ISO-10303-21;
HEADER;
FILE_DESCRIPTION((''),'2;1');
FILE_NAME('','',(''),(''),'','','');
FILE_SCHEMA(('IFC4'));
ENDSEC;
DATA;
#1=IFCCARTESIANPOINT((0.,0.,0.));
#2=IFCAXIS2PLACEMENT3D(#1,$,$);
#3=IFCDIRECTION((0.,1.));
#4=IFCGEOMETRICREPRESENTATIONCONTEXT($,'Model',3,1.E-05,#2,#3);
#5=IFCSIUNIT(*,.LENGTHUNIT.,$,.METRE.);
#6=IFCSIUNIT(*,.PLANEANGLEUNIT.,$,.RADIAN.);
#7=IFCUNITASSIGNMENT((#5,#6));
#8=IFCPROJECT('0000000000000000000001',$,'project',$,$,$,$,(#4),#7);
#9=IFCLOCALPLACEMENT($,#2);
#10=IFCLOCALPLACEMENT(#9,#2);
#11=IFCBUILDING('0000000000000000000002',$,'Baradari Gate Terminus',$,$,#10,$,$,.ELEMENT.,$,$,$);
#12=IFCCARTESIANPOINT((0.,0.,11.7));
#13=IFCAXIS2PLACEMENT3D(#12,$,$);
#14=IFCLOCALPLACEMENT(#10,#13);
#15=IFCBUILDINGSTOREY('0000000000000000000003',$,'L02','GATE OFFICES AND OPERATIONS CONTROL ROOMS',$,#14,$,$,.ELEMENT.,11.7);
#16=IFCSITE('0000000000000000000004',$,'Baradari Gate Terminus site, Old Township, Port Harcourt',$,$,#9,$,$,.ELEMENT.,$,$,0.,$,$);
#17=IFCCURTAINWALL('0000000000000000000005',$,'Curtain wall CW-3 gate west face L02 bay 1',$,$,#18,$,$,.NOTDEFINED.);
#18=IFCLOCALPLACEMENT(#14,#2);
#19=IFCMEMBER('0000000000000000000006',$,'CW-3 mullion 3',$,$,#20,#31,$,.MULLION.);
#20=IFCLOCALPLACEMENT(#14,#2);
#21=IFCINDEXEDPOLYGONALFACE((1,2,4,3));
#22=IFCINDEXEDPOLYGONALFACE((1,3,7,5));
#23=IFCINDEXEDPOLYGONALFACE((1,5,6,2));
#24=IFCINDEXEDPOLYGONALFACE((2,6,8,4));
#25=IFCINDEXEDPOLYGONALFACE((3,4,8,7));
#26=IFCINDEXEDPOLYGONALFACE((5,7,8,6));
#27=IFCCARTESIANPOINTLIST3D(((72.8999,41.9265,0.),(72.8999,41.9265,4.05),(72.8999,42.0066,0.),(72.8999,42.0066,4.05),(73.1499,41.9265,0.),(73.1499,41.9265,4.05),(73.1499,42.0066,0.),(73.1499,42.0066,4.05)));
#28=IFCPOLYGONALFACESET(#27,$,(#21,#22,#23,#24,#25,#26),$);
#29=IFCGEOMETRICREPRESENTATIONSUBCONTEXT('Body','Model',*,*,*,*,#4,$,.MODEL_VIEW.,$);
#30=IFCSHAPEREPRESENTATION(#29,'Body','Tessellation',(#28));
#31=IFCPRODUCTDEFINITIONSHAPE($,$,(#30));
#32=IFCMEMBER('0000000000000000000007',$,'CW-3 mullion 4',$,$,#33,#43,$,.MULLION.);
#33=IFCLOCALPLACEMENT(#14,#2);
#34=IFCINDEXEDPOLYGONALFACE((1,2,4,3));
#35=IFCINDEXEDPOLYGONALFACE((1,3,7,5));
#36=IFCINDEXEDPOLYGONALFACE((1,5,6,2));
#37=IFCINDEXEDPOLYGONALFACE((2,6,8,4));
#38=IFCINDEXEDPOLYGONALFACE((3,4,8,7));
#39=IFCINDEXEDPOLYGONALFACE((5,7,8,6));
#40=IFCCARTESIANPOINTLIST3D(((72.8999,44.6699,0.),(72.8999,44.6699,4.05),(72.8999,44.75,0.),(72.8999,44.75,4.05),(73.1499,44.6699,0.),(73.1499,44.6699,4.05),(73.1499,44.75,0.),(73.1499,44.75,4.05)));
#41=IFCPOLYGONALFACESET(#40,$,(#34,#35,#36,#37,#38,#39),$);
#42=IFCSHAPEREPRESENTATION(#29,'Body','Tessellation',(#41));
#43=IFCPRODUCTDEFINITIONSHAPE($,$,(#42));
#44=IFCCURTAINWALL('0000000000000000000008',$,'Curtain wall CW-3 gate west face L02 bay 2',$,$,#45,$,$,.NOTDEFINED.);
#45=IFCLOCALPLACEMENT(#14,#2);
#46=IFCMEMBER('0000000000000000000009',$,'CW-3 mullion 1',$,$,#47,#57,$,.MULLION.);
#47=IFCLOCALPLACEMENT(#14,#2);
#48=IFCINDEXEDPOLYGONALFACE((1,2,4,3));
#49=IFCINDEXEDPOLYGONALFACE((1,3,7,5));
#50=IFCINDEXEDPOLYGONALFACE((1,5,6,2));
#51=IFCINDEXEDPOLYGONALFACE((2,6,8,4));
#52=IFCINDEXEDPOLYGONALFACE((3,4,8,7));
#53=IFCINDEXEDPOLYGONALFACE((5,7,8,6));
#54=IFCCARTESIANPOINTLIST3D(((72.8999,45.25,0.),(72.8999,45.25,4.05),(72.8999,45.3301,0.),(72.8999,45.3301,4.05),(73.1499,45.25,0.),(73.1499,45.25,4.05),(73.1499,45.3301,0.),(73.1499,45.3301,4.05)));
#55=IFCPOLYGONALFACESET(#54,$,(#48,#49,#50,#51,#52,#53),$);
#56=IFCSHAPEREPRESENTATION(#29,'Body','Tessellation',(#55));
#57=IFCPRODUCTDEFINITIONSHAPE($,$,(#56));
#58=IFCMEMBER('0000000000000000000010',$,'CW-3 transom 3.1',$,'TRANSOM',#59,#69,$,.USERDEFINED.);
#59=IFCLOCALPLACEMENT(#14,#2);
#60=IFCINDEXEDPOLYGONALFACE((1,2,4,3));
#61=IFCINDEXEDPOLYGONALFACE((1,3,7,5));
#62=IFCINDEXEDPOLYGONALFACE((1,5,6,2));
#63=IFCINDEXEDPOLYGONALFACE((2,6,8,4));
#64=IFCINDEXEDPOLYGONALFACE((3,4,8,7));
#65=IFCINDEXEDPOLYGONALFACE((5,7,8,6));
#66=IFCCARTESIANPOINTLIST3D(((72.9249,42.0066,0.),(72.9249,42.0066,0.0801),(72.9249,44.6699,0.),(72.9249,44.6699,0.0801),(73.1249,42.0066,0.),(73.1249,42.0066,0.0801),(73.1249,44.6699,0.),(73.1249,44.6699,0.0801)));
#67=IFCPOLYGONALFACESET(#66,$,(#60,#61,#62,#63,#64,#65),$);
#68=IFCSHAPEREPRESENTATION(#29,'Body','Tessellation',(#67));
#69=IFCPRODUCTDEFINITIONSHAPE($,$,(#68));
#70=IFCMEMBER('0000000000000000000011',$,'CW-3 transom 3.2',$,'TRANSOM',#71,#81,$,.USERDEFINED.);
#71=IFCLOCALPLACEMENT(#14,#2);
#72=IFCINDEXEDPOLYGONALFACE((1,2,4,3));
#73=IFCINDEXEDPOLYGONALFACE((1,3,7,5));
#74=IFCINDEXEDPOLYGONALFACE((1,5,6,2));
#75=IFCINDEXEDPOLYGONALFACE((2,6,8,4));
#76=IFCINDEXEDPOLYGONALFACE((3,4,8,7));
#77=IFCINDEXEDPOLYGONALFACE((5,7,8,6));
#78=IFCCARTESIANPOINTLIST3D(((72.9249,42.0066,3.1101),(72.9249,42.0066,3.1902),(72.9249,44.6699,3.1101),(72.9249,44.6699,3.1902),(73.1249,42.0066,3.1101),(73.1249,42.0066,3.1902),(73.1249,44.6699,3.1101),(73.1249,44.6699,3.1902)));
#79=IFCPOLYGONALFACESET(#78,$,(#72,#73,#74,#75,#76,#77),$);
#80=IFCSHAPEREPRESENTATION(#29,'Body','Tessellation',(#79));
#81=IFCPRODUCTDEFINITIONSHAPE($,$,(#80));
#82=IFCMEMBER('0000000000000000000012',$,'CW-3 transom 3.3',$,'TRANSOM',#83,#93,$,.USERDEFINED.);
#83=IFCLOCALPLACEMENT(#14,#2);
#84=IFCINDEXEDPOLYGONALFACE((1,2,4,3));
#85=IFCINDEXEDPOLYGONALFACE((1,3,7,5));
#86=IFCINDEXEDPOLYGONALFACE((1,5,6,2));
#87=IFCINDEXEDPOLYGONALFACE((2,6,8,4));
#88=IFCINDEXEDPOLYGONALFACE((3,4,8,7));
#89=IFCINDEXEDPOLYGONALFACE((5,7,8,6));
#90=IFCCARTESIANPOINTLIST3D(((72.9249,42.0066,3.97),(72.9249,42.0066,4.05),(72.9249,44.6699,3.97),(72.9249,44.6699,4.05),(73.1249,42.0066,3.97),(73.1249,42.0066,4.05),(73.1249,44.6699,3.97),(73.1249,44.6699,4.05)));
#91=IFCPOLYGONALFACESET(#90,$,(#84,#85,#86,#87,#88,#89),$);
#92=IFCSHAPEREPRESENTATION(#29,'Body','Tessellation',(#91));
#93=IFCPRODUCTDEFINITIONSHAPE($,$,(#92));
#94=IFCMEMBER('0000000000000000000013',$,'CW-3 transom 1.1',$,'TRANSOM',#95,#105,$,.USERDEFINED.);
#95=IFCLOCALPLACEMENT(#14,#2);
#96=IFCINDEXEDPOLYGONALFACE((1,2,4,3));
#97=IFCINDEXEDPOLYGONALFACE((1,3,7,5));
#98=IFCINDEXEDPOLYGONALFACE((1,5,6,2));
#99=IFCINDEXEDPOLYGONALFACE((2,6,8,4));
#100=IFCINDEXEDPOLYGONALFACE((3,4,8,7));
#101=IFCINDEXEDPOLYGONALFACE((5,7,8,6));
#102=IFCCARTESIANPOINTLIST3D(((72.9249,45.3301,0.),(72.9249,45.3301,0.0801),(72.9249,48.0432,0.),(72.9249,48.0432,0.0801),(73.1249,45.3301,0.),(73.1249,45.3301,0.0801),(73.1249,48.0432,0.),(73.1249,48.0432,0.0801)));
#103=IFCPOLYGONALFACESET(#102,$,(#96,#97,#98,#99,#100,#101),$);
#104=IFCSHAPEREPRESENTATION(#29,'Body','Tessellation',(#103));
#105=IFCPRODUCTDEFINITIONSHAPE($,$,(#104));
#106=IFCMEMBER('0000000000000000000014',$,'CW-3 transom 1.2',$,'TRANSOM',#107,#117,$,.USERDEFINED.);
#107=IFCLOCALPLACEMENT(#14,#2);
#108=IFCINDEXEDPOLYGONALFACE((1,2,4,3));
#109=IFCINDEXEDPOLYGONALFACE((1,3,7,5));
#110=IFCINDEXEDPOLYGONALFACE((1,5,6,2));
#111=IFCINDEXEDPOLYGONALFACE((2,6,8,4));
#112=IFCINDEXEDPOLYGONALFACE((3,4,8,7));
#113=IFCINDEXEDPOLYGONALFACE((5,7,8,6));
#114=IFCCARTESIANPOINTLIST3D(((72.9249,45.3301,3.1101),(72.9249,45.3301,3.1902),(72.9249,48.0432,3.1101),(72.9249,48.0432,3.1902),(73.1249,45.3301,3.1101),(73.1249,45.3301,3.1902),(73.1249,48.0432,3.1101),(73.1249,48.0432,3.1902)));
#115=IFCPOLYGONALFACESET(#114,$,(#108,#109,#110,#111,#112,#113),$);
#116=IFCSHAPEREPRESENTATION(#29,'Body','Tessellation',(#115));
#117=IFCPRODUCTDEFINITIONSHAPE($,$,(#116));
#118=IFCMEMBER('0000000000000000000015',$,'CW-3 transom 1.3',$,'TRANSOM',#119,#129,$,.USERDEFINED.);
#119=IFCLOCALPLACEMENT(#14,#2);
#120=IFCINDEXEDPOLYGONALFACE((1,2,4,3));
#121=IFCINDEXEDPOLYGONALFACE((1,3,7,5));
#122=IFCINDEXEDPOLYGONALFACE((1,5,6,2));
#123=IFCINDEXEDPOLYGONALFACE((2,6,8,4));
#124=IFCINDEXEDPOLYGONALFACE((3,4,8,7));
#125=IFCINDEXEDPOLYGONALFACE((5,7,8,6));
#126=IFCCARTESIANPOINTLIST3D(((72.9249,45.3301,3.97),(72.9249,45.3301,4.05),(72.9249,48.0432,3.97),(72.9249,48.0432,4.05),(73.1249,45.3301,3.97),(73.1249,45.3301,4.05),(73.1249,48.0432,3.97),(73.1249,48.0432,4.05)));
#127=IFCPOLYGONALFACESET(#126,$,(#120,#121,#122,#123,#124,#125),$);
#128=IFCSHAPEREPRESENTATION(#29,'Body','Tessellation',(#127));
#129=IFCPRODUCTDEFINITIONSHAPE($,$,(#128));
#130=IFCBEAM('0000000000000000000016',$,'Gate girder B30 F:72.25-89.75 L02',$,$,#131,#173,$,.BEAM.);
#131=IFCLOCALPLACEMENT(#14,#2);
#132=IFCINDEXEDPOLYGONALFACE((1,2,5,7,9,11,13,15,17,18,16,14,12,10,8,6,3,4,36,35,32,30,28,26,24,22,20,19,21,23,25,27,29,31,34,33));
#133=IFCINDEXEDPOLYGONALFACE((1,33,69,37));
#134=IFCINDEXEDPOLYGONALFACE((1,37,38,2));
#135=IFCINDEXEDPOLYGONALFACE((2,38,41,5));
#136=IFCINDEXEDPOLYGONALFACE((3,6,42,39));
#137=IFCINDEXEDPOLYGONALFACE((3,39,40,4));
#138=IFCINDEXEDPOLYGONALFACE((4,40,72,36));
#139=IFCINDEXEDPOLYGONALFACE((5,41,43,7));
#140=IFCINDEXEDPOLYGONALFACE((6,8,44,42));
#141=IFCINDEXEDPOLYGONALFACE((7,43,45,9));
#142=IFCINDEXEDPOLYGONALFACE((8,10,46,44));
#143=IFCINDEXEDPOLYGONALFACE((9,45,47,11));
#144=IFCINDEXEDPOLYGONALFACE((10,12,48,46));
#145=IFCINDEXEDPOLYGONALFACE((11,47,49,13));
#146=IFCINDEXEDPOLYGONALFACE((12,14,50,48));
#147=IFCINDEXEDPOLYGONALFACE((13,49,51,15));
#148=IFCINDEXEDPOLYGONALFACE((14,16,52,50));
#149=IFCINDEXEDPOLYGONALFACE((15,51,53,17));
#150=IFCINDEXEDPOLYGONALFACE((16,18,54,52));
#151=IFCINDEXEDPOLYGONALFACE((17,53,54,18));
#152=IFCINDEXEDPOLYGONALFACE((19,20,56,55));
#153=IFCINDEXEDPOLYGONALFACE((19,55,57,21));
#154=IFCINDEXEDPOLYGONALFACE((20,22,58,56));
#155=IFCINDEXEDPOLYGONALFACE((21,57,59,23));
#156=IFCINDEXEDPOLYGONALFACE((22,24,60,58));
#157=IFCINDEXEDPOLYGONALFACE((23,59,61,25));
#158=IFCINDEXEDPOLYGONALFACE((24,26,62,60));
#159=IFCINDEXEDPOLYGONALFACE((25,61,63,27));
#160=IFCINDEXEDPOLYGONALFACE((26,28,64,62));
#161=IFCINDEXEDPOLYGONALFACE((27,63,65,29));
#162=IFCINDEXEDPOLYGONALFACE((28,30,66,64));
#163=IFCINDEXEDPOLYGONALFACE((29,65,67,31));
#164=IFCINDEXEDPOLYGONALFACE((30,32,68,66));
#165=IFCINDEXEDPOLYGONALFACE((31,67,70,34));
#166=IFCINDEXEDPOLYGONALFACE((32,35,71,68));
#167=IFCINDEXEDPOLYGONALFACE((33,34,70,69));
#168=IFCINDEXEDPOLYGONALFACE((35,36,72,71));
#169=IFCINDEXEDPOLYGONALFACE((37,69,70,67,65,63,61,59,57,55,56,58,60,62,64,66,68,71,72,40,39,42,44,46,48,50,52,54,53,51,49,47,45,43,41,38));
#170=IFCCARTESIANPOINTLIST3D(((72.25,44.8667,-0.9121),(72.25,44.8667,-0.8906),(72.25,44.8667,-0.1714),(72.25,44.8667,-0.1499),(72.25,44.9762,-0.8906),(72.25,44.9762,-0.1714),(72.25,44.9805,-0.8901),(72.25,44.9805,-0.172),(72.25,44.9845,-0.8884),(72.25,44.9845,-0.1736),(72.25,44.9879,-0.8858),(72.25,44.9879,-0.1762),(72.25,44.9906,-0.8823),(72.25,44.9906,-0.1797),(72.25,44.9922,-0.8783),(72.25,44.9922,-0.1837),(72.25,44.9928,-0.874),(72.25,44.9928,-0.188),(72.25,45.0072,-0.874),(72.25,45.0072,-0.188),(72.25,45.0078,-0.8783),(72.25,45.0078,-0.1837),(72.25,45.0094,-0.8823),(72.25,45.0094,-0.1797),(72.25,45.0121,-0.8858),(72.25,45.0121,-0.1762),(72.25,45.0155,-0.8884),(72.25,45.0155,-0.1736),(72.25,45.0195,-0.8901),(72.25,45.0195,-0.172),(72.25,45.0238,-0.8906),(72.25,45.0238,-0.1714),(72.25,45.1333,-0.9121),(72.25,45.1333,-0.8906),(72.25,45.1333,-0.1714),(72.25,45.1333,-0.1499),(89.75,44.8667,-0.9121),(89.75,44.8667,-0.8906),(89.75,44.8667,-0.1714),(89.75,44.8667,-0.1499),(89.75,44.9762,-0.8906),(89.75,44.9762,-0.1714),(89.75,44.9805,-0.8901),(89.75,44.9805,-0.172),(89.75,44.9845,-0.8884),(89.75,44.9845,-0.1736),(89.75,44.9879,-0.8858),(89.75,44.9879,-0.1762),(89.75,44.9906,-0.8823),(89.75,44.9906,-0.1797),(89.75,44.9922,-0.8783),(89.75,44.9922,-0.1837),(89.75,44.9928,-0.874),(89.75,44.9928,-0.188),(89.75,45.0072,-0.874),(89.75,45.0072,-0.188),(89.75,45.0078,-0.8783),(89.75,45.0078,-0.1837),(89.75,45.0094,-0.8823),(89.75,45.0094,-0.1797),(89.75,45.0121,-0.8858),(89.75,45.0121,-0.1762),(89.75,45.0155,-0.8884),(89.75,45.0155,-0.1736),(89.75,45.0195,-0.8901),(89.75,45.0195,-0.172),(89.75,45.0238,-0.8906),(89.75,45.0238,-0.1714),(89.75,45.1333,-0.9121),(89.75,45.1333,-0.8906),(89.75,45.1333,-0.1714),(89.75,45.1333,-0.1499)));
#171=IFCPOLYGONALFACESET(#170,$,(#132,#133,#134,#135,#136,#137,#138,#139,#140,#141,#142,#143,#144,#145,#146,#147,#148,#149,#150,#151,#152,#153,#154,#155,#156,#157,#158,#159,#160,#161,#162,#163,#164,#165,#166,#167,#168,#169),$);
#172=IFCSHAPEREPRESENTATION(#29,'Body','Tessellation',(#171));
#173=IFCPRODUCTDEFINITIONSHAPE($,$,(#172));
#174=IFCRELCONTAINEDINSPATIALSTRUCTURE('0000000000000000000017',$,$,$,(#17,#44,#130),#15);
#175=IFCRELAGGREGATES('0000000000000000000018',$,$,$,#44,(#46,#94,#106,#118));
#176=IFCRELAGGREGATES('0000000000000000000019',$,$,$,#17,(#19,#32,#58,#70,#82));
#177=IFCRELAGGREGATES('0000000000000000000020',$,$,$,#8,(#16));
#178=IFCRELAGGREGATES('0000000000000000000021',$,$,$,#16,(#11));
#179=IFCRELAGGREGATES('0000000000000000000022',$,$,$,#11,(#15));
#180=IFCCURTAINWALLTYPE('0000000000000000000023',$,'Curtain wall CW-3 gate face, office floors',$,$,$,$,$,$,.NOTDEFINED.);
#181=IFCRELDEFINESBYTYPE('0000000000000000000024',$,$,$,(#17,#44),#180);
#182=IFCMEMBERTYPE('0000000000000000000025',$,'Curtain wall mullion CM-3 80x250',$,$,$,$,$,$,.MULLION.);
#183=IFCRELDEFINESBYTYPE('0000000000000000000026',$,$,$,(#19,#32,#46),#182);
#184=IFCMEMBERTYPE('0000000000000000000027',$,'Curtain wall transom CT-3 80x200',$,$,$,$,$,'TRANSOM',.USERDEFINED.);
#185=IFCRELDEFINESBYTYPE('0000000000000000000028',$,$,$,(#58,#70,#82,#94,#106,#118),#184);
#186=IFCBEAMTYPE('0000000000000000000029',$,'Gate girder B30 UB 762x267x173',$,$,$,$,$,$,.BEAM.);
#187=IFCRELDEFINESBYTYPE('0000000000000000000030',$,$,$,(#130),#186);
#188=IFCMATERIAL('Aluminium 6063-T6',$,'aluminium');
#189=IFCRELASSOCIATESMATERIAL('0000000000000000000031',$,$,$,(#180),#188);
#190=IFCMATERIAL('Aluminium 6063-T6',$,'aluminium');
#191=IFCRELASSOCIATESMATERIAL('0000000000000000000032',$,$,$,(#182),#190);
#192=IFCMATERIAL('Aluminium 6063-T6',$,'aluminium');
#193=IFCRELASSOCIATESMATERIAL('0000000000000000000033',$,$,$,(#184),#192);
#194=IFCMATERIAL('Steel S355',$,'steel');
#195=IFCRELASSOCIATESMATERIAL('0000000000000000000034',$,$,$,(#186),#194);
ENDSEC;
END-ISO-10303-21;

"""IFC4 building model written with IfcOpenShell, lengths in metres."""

from ifc_helpers import new_model, si_unit, direction, frame, origin, origin_2d, place, context, subcontext, project, spatial, rectangle, i_section, extrude, material, material_profile, profile_set, type_object, element, aggregate, save


model = new_model("IFC4")

# Units and contexts
model_context = context("Model", 3, precision=1e-05, world=origin(), true_north=direction((0.0, 1.0)))
body_context = subcontext(model_context, "Body", "Model", "MODEL_VIEW")
ifc_project = project(units=[si_unit("LENGTHUNIT", "METRE"), si_unit("PLANEANGLEUNIT", "RADIAN")], contexts=[model_context])

# Site, building, storey
site_placement = place(None, origin())
site = spatial("IfcSite", under=ifc_project, at=site_placement, Name="Baradari Gate Terminus site, Old Township, Port Harcourt", CompositionType="ELEMENT", RefElevation=0.0)
building_placement = place(site_placement, origin())
building = spatial("IfcBuilding", under=site, at=building_placement, Name="Baradari Gate Terminus", CompositionType="ELEMENT")
storey_placement = place(building_placement, frame((0.0, 0.0, 11.7)))
storey = spatial("IfcBuildingStorey", under=building, at=storey_placement, Name="L02", Description="GATE OFFICES AND OPERATIONS CONTROL ROOMS", CompositionType="ELEMENT", Elevation=11.7)

# Curtain wall, members
ifc_material_1 = material(Name="Aluminium 6063-T6", Category="aluminium")
curtain_wall_type = type_object("IfcCurtainWallType", Name="Curtain wall CW-3 gate face, office floors", PredefinedType="NOTDEFINED", material=ifc_material_1)
curtain_wall_1_placement = place(storey_placement, origin())
curtain_wall_1 = element("IfcCurtainWall", 1, at=curtain_wall_1_placement, inside=storey, type_object=curtain_wall_type, Name="Curtain wall CW-3 gate west face L02 bay 1", PredefinedType="NOTDEFINED")
ifc_material_2 = material(Name="Aluminium 6063-T6", Category="aluminium")
ifc_material_profile_1 = material_profile(ifc_material_2, rectangle(XDim=0.25, YDim=0.0801, at=origin_2d()), Name="CM-3 80X250")
ifc_profile_set_1 = profile_set([ifc_material_profile_1], Name="Aluminium 6063-T6")
member_type_1 = type_object("IfcMemberType", Name="Curtain wall mullion CM-3 80x250", PredefinedType="MULLION", material=ifc_profile_set_1)
member_1_placement = place(storey_placement, frame((73.0249, 41.9666, 0.0), z_axis=(0.0, 0.0, 1.0), x_axis=(-1.0, 0.0, 0.0)))
member_1 = element("IfcMember", 2, at=member_1_placement, type_object=member_type_1, Name="CW-3 mullion 3", PredefinedType="MULLION", context=body_context, shape_type="SweptSolid", body=[
    extrude(rectangle(XDim=0.25, YDim=0.0801, at=origin_2d()), origin(), (0.0, 0.0, 1.0), 4.05),
])
member_2_placement = place(storey_placement, frame((73.0249, 44.71, 0.0), z_axis=(0.0, 0.0, 1.0), x_axis=(-1.0, 0.0, 0.0)))
member_2 = element("IfcMember", 3, at=member_2_placement, type_object=member_type_1, Name="CW-3 mullion 4", PredefinedType="MULLION", context=body_context, shape_type="SweptSolid", body=[
    extrude(rectangle(XDim=0.25, YDim=0.0801, at=origin_2d()), origin(), (0.0, 0.0, 1.0), 4.05),
])

# Curtain wall, member
curtain_wall_2_placement = place(storey_placement, origin())
curtain_wall_2 = element("IfcCurtainWall", 4, at=curtain_wall_2_placement, inside=storey, type_object=curtain_wall_type, Name="Curtain wall CW-3 gate west face L02 bay 2", PredefinedType="NOTDEFINED")
member_3_placement = place(storey_placement, frame((73.0249, 45.29, 0.0), z_axis=(0.0, 0.0, 1.0), x_axis=(-1.0, 0.0, 0.0)))
member_3 = element("IfcMember", 5, at=member_3_placement, type_object=member_type_1, Name="CW-3 mullion 1", PredefinedType="MULLION", context=body_context, shape_type="SweptSolid", body=[
    extrude(rectangle(XDim=0.25, YDim=0.0801, at=origin_2d()), origin(), (0.0, 0.0, 1.0), 4.05),
])

# Members
ifc_material_3 = material(Name="Aluminium 6063-T6", Category="aluminium")
ifc_material_profile_2 = material_profile(ifc_material_3, rectangle(XDim=0.2, YDim=0.0801, at=origin_2d()), Name="CT-3 80X200")
ifc_profile_set_2 = profile_set([ifc_material_profile_2], Name="Aluminium 6063-T6")
member_type_2 = type_object("IfcMemberType", Name="Curtain wall transom CT-3 80x200", ElementType="TRANSOM", PredefinedType="USERDEFINED", material=ifc_profile_set_2)
member_4_placement = place(storey_placement, frame((73.0249, 42.0066, 0.04), z_axis=(0.0, 1.0, 0.0), x_axis=(-1.0, 0.0, 0.0)))
member_4 = element("IfcMember", 6, at=member_4_placement, type_object=member_type_2, Name="CW-3 transom 3.1", ObjectType="TRANSOM", PredefinedType="USERDEFINED", context=body_context, shape_type="SweptSolid", body=[
    extrude(rectangle(XDim=0.2, YDim=0.0801, at=origin_2d()), origin(), (0.0, 0.0, 1.0), 2.6633),
])
member_5_placement = place(storey_placement, frame((73.0249, 42.0066, 3.1501), z_axis=(0.0, 1.0, 0.0), x_axis=(-1.0, 0.0, 0.0)))
member_5 = element("IfcMember", 7, at=member_5_placement, type_object=member_type_2, Name="CW-3 transom 3.2", ObjectType="TRANSOM", PredefinedType="USERDEFINED", context=body_context, shape_type="SweptSolid", body=[
    extrude(rectangle(XDim=0.2, YDim=0.0801, at=origin_2d()), origin(), (0.0, 0.0, 1.0), 2.6633),
])
member_6_placement = place(storey_placement, frame((73.0249, 42.0066, 4.01), z_axis=(0.0, 1.0, 0.0), x_axis=(-1.0, 0.0, 0.0)))
member_6 = element("IfcMember", 8, at=member_6_placement, type_object=member_type_2, Name="CW-3 transom 3.3", ObjectType="TRANSOM", PredefinedType="USERDEFINED", context=body_context, shape_type="SweptSolid", body=[
    extrude(rectangle(XDim=0.2, YDim=0.0801, at=origin_2d()), origin(), (0.0, 0.0, 1.0), 2.6633),
])
member_7_placement = place(storey_placement, frame((73.0249, 45.3301, 0.04), z_axis=(0.0, 1.0, 0.0), x_axis=(-1.0, 0.0, 0.0)))
member_7 = element("IfcMember", 9, at=member_7_placement, type_object=member_type_2, Name="CW-3 transom 1.1", ObjectType="TRANSOM", PredefinedType="USERDEFINED", context=body_context, shape_type="SweptSolid", body=[
    extrude(rectangle(XDim=0.2, YDim=0.0801, at=origin_2d()), origin(), (0.0, 0.0, 1.0), 2.7131),
])
member_8_placement = place(storey_placement, frame((73.0249, 45.3301, 3.1501), z_axis=(0.0, 1.0, 0.0), x_axis=(-1.0, 0.0, 0.0)))
member_8 = element("IfcMember", 10, at=member_8_placement, type_object=member_type_2, Name="CW-3 transom 1.2", ObjectType="TRANSOM", PredefinedType="USERDEFINED", context=body_context, shape_type="SweptSolid", body=[
    extrude(rectangle(XDim=0.2, YDim=0.0801, at=origin_2d()), origin(), (0.0, 0.0, 1.0), 2.7131),
])
member_9_placement = place(storey_placement, frame((73.0249, 45.3301, 4.01), z_axis=(0.0, 1.0, 0.0), x_axis=(-1.0, 0.0, 0.0)))
member_9 = element("IfcMember", 11, at=member_9_placement, type_object=member_type_2, Name="CW-3 transom 1.3", ObjectType="TRANSOM", PredefinedType="USERDEFINED", context=body_context, shape_type="SweptSolid", body=[
    extrude(rectangle(XDim=0.2, YDim=0.0801, at=origin_2d()), origin(), (0.0, 0.0, 1.0), 2.7131),
])

# Beam
ifc_material_4 = material(Name="Steel S355", Category="steel")
ifc_material_profile_3 = material_profile(ifc_material_4, i_section(OverallWidth=0.2666, OverallDepth=0.7622, WebThickness=0.0144, FlangeThickness=0.0215, FilletRadius=0.0166, at=origin_2d()), Name="UB 762x267x173")
ifc_profile_set_3 = profile_set([ifc_material_profile_3], Name="Steel S355")
beam_type_1 = type_object("IfcBeamType", Name="Gate girder B30 UB 762x267x173", PredefinedType="BEAM", material=ifc_profile_set_3)
beam_placement = place(storey_placement, frame((72.25, 45.0, -0.531), z_axis=(1.0, 0.0, 0.0), x_axis=(0.0, 1.0, 0.0)))
element("IfcBeam", 12, at=beam_placement, inside=storey, type_object=beam_type_1, Name="Gate girder B30 F:72.25-89.75 L02", PredefinedType="BEAM", context=body_context, shape_type="SweptSolid", body=[
    extrude(i_section(OverallWidth=0.2666, OverallDepth=0.7622, WebThickness=0.0144, FlangeThickness=0.0215, FilletRadius=0.0166, at=origin_2d()), origin(), (0.0, 0.0, 1.0), 17.5),
])

aggregate(curtain_wall_2, [member_3, member_7, member_8, member_9])
aggregate(curtain_wall_1, [member_1, member_2, member_4, member_5, member_6])

save(model, "model.ifc")
